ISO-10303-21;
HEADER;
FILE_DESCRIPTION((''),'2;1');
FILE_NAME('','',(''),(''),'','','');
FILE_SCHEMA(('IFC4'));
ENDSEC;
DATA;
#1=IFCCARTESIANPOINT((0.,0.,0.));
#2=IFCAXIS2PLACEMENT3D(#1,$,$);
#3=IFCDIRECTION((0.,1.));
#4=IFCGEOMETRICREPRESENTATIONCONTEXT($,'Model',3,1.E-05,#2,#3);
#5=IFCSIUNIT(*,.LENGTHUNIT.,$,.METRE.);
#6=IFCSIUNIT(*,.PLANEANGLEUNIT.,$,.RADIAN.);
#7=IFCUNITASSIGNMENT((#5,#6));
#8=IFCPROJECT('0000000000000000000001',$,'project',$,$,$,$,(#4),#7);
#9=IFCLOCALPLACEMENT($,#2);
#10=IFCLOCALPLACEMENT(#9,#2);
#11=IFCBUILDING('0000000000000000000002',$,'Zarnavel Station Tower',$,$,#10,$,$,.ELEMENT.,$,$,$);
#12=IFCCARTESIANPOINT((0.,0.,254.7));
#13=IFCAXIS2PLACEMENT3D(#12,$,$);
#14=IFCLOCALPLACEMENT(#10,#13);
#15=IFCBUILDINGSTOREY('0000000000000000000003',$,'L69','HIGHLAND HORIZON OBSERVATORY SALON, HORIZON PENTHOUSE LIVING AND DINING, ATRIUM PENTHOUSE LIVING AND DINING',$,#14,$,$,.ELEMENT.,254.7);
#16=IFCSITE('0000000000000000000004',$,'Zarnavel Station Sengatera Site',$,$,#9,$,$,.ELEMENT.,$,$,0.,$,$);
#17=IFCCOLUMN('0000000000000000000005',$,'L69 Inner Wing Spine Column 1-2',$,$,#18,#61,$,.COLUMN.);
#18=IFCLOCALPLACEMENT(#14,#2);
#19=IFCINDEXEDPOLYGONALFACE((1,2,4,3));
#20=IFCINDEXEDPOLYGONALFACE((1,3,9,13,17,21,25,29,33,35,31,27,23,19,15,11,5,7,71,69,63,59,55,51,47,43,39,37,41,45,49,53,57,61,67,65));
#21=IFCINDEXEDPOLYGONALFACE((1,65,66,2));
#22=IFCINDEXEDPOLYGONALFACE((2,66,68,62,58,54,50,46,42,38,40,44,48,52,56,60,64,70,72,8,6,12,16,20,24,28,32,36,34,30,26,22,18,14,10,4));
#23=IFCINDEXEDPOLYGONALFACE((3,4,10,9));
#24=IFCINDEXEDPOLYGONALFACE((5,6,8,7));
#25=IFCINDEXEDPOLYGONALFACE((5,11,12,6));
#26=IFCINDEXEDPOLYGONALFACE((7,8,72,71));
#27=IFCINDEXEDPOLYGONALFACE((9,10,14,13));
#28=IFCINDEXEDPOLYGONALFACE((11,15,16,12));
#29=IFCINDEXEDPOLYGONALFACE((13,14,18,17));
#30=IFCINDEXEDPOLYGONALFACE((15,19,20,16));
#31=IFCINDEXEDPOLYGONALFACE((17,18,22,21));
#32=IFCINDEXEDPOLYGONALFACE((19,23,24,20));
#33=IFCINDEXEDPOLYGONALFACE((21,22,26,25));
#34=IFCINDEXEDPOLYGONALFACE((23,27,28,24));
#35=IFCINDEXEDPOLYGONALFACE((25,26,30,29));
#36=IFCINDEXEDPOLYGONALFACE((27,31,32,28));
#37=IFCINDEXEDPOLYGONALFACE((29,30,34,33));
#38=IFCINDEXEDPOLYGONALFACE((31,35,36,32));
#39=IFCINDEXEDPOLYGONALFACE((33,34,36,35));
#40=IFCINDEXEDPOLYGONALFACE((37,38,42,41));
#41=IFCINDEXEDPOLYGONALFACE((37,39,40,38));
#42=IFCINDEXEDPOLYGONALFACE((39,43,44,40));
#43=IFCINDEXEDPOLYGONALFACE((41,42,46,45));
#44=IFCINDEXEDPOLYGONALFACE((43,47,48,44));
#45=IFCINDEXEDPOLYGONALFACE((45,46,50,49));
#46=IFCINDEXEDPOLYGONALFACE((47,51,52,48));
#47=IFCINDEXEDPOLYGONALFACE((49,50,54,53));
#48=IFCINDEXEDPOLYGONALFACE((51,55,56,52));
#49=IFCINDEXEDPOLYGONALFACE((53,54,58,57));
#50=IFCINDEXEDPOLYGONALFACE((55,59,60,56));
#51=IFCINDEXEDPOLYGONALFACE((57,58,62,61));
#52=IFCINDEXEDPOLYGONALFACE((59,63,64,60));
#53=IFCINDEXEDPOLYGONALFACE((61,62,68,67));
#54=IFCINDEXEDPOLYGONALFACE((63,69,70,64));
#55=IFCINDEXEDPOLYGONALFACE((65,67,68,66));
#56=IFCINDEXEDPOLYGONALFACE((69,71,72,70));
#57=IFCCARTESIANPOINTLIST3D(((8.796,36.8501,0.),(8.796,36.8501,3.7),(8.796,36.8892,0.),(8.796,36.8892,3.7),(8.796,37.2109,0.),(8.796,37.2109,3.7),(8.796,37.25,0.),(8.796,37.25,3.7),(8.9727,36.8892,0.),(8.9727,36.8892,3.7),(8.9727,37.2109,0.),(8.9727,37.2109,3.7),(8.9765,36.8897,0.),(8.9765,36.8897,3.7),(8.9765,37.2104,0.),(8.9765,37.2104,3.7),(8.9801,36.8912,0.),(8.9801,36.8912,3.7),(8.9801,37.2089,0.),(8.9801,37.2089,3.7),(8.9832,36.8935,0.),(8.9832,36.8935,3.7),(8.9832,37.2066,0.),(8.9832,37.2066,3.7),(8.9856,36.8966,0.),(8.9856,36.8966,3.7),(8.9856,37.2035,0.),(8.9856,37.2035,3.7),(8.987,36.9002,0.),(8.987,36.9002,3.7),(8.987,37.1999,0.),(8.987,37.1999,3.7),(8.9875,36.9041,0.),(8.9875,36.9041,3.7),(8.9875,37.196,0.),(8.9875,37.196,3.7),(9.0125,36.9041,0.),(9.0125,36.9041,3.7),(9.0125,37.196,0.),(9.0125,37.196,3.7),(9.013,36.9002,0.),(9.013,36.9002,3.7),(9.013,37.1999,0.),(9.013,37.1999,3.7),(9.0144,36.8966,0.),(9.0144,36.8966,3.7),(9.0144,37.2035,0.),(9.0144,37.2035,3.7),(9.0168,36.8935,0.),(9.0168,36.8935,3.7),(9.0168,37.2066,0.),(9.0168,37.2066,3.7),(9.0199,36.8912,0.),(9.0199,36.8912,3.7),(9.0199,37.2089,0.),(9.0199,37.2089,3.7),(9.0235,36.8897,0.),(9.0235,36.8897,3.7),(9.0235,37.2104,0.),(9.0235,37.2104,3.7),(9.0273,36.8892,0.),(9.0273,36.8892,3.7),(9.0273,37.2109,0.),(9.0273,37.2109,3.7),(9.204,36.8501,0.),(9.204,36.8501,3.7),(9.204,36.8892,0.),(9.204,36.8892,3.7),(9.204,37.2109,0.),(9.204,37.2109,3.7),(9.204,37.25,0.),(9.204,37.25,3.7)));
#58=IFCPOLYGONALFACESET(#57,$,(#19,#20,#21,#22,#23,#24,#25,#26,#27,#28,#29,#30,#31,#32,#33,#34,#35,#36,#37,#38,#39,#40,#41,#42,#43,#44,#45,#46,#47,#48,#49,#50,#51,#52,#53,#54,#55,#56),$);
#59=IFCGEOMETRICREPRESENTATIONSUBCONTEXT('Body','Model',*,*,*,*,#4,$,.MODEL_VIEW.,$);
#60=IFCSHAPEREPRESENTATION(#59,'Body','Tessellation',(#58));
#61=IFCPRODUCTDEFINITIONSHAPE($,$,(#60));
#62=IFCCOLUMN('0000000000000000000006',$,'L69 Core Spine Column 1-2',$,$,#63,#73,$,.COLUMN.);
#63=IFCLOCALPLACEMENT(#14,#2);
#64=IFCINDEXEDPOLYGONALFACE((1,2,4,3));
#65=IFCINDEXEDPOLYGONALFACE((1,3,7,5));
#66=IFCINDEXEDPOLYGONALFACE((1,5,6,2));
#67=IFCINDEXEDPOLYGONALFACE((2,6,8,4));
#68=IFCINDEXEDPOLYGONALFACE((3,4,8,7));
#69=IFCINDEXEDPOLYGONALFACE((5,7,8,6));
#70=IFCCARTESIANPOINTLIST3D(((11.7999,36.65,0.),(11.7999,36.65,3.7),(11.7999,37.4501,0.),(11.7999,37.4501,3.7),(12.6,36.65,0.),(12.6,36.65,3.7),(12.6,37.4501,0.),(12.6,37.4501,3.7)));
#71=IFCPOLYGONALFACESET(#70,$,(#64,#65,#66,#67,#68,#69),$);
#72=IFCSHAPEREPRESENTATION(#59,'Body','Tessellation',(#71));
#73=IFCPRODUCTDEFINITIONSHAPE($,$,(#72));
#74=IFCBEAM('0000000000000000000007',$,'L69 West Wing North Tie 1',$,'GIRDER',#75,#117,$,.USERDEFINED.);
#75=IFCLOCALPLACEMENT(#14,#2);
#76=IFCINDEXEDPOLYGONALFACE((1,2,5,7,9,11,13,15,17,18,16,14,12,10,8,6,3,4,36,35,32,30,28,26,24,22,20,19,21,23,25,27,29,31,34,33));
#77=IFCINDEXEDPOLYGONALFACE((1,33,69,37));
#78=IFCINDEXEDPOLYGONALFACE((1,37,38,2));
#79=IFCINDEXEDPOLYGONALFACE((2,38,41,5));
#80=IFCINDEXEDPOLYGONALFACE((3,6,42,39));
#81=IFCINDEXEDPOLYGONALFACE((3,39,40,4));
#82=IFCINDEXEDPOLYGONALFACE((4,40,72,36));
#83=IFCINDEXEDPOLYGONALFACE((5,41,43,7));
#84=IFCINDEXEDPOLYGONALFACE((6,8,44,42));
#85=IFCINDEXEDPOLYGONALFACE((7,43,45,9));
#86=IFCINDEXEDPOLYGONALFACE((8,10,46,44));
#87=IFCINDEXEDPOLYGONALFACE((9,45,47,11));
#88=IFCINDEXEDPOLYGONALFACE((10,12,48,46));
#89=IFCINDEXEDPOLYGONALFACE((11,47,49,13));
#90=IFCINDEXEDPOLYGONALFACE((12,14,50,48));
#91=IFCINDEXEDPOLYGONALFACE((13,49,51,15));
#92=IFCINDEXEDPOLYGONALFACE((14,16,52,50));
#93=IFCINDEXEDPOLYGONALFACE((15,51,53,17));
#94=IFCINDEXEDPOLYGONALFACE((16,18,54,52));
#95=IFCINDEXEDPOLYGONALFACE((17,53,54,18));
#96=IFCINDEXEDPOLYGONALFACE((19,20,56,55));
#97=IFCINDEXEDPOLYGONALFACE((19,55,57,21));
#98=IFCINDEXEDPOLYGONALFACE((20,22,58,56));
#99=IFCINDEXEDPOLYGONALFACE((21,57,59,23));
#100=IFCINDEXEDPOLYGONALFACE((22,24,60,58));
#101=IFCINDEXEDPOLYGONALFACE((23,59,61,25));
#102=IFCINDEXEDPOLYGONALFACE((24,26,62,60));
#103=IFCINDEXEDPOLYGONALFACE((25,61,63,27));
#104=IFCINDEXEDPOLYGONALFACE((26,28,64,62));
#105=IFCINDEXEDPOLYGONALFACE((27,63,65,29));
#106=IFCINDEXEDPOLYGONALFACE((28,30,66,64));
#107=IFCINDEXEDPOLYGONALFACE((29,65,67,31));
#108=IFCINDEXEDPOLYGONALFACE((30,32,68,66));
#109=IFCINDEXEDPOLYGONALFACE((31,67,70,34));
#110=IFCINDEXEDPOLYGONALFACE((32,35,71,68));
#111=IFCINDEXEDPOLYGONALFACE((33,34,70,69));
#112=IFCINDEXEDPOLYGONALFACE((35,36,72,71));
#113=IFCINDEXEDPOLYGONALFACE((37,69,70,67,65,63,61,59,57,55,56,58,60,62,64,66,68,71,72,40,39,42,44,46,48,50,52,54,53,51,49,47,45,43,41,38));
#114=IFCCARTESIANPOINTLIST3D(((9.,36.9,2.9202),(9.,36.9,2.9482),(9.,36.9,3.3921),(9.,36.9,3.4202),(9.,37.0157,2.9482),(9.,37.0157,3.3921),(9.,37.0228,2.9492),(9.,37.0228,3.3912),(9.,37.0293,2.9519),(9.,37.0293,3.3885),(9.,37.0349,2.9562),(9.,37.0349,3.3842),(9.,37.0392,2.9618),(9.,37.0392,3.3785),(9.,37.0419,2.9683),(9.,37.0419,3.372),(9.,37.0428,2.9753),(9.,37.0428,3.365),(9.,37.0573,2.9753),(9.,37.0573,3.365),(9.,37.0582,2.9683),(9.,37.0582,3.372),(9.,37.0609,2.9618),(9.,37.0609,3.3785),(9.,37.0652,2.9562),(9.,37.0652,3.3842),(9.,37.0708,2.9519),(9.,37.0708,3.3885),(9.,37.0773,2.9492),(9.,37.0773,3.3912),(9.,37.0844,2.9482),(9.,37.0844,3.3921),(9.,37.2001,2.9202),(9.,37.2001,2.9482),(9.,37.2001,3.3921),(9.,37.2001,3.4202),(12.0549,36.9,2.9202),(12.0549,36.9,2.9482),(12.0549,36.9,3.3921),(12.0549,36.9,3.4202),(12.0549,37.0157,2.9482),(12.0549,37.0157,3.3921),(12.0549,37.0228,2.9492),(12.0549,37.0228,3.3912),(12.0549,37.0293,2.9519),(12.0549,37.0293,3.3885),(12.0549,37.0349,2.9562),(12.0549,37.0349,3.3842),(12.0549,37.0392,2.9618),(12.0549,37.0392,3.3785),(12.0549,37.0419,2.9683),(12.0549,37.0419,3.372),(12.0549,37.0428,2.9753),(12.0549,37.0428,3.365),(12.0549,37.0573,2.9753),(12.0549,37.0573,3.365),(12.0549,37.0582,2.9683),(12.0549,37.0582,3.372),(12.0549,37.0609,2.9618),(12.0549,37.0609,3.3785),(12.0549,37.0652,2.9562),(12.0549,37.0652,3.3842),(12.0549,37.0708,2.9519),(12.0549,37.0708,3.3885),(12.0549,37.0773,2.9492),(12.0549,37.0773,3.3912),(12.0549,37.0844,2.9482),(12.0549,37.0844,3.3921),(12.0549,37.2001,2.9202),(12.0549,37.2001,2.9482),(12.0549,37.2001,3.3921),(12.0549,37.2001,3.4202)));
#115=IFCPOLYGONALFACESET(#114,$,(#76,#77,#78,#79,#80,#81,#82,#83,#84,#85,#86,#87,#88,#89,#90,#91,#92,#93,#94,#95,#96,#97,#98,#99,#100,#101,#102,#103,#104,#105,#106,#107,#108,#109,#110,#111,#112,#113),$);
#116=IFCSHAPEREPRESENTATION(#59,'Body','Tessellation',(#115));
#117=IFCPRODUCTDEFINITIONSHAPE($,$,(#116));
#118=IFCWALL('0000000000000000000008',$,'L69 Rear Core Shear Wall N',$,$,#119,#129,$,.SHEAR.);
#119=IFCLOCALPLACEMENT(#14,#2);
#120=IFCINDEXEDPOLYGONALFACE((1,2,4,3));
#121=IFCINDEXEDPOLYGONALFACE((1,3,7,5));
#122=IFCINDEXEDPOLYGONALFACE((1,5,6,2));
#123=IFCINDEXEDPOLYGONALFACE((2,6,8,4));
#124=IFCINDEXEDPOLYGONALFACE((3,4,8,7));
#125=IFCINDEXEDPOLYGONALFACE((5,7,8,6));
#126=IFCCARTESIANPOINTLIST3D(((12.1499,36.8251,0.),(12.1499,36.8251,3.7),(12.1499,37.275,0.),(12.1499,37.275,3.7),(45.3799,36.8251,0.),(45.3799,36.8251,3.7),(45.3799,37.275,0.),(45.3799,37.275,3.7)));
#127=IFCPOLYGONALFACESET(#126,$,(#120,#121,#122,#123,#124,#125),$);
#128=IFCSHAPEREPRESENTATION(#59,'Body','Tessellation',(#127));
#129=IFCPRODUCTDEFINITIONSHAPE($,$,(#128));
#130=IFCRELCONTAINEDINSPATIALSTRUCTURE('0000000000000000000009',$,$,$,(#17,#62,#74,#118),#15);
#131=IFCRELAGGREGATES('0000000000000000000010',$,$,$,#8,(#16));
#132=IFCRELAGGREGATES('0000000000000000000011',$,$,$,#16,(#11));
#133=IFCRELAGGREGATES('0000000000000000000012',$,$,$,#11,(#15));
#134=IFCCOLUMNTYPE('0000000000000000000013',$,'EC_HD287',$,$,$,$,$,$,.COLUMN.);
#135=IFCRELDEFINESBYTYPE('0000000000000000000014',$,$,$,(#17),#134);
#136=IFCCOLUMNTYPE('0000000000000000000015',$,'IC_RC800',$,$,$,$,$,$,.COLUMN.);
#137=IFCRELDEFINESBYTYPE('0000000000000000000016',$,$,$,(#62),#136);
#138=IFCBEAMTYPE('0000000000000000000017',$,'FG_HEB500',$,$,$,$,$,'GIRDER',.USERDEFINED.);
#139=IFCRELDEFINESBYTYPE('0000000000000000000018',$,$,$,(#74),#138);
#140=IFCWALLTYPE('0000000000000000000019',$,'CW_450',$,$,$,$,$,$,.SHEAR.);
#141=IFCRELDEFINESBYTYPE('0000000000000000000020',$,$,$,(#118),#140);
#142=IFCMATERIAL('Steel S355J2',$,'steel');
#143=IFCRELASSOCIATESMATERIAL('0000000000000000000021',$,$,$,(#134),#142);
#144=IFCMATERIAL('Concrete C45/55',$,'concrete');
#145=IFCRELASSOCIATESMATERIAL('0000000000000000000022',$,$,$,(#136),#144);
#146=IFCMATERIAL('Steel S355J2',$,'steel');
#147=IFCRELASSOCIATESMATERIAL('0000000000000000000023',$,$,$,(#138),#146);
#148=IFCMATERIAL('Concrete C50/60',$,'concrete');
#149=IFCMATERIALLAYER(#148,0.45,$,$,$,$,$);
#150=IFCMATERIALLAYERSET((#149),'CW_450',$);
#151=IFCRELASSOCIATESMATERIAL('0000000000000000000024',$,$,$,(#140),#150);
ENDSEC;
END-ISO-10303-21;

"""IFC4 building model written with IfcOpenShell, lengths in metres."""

from ifc_helpers import new_model, si_unit, direction, frame, frame_2d, origin, origin_2d, place, context, subcontext, project, spatial, rectangle, i_section, extrude, material, layer, layer_set, material_profile, profile_set, type_object, element, save


model = new_model("IFC4")

# Units and contexts
model_context = context("Model", 3, precision=1e-05, world=origin(), true_north=direction((0.0, 1.0)))
body_context = subcontext(model_context, "Body", "Model", "MODEL_VIEW")
ifc_project = project(units=[si_unit("LENGTHUNIT", "METRE"), si_unit("PLANEANGLEUNIT", "RADIAN")], contexts=[model_context])

# Site, building, storey
site_placement = place(None, origin())
site = spatial("IfcSite", under=ifc_project, at=site_placement, Name="Zarnavel Station Sengatera Site", CompositionType="ELEMENT", RefElevation=0.0)
building_placement = place(site_placement, origin())
building = spatial("IfcBuilding", under=site, at=building_placement, Name="Zarnavel Station Tower", CompositionType="ELEMENT")
storey_placement = place(building_placement, frame((0.0, 0.0, 254.7)))
storey = spatial("IfcBuildingStorey", under=building, at=storey_placement, Name="L69", Description="HIGHLAND HORIZON OBSERVATORY SALON, HORIZON PENTHOUSE LIVING AND DINING, ATRIUM PENTHOUSE LIVING AND DINING", CompositionType="ELEMENT", Elevation=254.7)

# Columns
ifc_material_1 = material(Name="Steel S355J2", Category="steel")
ifc_material_profile_1 = material_profile(ifc_material_1, i_section(OverallWidth=0.408, OverallDepth=0.3999, WebThickness=0.0249, FlangeThickness=0.0391, FilletRadius=0.0149, at=origin_2d()), Name="HD400x287")
ifc_profile_set_1 = profile_set([ifc_material_profile_1], Name="Steel S355J2")
column_type_1 = type_object("IfcColumnType", Name="EC_HD287", PredefinedType="COLUMN", material=ifc_profile_set_1)
column_1_placement = place(storey_placement, frame((9.0, 37.05, 0.0), z_axis=(0.0, 0.0, 1.0), x_axis=(1.0, 0.0, 0.0)))
element("IfcColumn", 1, at=column_1_placement, inside=storey, type_object=column_type_1, Name="L69 Inner Wing Spine Column 1-2", PredefinedType="COLUMN", context=body_context, shape_type="SweptSolid", body=[
    extrude(i_section(OverallWidth=0.408, OverallDepth=0.3999, WebThickness=0.0249, FlangeThickness=0.0391, FilletRadius=0.0149, at=origin_2d()), origin(), (0.0, 0.0, 1.0), 3.7),
])
ifc_material_2 = material(Name="Concrete C45/55", Category="concrete")
ifc_material_profile_2 = material_profile(ifc_material_2, rectangle(XDim=0.8, YDim=0.8, at=origin_2d()), Name="RC800x800")
ifc_profile_set_2 = profile_set([ifc_material_profile_2], Name="Concrete C45/55")
column_type_2 = type_object("IfcColumnType", Name="IC_RC800", PredefinedType="COLUMN", material=ifc_profile_set_2)
column_2_placement = place(storey_placement, frame((12.2, 37.05, 0.0), z_axis=(0.0, 0.0, 1.0), x_axis=(1.0, 0.0, 0.0)))
element("IfcColumn", 2, at=column_2_placement, inside=storey, type_object=column_type_2, Name="L69 Core Spine Column 1-2", PredefinedType="COLUMN", context=body_context, shape_type="SweptSolid", body=[
    extrude(rectangle(XDim=0.8, YDim=0.8, at=origin_2d()), origin(), (0.0, 0.0, 1.0), 3.7),
])

# Beam
ifc_material_3 = material(Name="Steel S355J2", Category="steel")
ifc_material_profile_3 = material_profile(ifc_material_3, i_section(OverallWidth=0.3, OverallDepth=0.5, WebThickness=0.0144, FlangeThickness=0.0281, FilletRadius=0.0271, at=origin_2d()), Name="HEB500")
ifc_profile_set_3 = profile_set([ifc_material_profile_3], Name="Steel S355J2")
beam_type = type_object("IfcBeamType", Name="FG_HEB500", ElementType="GIRDER", PredefinedType="USERDEFINED", material=ifc_profile_set_3)
beam_placement = place(storey_placement, frame((9.0, 37.05, 3.1702), z_axis=(1.0, 0.0, 0.0), x_axis=(0.0, 1.0, 0.0)))
element("IfcBeam", 3, at=beam_placement, inside=storey, type_object=beam_type, Name="L69 West Wing North Tie 1", ObjectType="GIRDER", PredefinedType="USERDEFINED", context=body_context, shape_type="SweptSolid", body=[
    extrude(i_section(OverallWidth=0.3, OverallDepth=0.5, WebThickness=0.0144, FlangeThickness=0.0281, FilletRadius=0.0271, at=origin_2d()), origin(), (0.0, 0.0, 1.0), 3.0549),
])

# Wall
ifc_material_4 = material(Name="Concrete C50/60", Category="concrete")
ifc_layer_1 = layer(ifc_material_4, 0.45)
ifc_layer_set_1 = layer_set([ifc_layer_1], Name="CW_450")
wall_type_1 = type_object("IfcWallType", Name="CW_450", PredefinedType="SHEAR", material=ifc_layer_set_1)
wall_1_placement = place(storey_placement, frame((12.1499, 37.05, 0.0), z_axis=(0.0, 0.0, 1.0), x_axis=(1.0, 0.0, 0.0)))
element("IfcWall", 4, at=wall_1_placement, inside=storey, type_object=wall_type_1, Name="L69 Rear Core Shear Wall N", PredefinedType="SHEAR", context=body_context, shape_type="SweptSolid", body=[
    extrude(rectangle(XDim=33.23, YDim=0.45, at=frame_2d((16.615, 0.0))), origin(), (0.0, 0.0, 1.0), 3.7),
])

save(model, "model.ifc")
